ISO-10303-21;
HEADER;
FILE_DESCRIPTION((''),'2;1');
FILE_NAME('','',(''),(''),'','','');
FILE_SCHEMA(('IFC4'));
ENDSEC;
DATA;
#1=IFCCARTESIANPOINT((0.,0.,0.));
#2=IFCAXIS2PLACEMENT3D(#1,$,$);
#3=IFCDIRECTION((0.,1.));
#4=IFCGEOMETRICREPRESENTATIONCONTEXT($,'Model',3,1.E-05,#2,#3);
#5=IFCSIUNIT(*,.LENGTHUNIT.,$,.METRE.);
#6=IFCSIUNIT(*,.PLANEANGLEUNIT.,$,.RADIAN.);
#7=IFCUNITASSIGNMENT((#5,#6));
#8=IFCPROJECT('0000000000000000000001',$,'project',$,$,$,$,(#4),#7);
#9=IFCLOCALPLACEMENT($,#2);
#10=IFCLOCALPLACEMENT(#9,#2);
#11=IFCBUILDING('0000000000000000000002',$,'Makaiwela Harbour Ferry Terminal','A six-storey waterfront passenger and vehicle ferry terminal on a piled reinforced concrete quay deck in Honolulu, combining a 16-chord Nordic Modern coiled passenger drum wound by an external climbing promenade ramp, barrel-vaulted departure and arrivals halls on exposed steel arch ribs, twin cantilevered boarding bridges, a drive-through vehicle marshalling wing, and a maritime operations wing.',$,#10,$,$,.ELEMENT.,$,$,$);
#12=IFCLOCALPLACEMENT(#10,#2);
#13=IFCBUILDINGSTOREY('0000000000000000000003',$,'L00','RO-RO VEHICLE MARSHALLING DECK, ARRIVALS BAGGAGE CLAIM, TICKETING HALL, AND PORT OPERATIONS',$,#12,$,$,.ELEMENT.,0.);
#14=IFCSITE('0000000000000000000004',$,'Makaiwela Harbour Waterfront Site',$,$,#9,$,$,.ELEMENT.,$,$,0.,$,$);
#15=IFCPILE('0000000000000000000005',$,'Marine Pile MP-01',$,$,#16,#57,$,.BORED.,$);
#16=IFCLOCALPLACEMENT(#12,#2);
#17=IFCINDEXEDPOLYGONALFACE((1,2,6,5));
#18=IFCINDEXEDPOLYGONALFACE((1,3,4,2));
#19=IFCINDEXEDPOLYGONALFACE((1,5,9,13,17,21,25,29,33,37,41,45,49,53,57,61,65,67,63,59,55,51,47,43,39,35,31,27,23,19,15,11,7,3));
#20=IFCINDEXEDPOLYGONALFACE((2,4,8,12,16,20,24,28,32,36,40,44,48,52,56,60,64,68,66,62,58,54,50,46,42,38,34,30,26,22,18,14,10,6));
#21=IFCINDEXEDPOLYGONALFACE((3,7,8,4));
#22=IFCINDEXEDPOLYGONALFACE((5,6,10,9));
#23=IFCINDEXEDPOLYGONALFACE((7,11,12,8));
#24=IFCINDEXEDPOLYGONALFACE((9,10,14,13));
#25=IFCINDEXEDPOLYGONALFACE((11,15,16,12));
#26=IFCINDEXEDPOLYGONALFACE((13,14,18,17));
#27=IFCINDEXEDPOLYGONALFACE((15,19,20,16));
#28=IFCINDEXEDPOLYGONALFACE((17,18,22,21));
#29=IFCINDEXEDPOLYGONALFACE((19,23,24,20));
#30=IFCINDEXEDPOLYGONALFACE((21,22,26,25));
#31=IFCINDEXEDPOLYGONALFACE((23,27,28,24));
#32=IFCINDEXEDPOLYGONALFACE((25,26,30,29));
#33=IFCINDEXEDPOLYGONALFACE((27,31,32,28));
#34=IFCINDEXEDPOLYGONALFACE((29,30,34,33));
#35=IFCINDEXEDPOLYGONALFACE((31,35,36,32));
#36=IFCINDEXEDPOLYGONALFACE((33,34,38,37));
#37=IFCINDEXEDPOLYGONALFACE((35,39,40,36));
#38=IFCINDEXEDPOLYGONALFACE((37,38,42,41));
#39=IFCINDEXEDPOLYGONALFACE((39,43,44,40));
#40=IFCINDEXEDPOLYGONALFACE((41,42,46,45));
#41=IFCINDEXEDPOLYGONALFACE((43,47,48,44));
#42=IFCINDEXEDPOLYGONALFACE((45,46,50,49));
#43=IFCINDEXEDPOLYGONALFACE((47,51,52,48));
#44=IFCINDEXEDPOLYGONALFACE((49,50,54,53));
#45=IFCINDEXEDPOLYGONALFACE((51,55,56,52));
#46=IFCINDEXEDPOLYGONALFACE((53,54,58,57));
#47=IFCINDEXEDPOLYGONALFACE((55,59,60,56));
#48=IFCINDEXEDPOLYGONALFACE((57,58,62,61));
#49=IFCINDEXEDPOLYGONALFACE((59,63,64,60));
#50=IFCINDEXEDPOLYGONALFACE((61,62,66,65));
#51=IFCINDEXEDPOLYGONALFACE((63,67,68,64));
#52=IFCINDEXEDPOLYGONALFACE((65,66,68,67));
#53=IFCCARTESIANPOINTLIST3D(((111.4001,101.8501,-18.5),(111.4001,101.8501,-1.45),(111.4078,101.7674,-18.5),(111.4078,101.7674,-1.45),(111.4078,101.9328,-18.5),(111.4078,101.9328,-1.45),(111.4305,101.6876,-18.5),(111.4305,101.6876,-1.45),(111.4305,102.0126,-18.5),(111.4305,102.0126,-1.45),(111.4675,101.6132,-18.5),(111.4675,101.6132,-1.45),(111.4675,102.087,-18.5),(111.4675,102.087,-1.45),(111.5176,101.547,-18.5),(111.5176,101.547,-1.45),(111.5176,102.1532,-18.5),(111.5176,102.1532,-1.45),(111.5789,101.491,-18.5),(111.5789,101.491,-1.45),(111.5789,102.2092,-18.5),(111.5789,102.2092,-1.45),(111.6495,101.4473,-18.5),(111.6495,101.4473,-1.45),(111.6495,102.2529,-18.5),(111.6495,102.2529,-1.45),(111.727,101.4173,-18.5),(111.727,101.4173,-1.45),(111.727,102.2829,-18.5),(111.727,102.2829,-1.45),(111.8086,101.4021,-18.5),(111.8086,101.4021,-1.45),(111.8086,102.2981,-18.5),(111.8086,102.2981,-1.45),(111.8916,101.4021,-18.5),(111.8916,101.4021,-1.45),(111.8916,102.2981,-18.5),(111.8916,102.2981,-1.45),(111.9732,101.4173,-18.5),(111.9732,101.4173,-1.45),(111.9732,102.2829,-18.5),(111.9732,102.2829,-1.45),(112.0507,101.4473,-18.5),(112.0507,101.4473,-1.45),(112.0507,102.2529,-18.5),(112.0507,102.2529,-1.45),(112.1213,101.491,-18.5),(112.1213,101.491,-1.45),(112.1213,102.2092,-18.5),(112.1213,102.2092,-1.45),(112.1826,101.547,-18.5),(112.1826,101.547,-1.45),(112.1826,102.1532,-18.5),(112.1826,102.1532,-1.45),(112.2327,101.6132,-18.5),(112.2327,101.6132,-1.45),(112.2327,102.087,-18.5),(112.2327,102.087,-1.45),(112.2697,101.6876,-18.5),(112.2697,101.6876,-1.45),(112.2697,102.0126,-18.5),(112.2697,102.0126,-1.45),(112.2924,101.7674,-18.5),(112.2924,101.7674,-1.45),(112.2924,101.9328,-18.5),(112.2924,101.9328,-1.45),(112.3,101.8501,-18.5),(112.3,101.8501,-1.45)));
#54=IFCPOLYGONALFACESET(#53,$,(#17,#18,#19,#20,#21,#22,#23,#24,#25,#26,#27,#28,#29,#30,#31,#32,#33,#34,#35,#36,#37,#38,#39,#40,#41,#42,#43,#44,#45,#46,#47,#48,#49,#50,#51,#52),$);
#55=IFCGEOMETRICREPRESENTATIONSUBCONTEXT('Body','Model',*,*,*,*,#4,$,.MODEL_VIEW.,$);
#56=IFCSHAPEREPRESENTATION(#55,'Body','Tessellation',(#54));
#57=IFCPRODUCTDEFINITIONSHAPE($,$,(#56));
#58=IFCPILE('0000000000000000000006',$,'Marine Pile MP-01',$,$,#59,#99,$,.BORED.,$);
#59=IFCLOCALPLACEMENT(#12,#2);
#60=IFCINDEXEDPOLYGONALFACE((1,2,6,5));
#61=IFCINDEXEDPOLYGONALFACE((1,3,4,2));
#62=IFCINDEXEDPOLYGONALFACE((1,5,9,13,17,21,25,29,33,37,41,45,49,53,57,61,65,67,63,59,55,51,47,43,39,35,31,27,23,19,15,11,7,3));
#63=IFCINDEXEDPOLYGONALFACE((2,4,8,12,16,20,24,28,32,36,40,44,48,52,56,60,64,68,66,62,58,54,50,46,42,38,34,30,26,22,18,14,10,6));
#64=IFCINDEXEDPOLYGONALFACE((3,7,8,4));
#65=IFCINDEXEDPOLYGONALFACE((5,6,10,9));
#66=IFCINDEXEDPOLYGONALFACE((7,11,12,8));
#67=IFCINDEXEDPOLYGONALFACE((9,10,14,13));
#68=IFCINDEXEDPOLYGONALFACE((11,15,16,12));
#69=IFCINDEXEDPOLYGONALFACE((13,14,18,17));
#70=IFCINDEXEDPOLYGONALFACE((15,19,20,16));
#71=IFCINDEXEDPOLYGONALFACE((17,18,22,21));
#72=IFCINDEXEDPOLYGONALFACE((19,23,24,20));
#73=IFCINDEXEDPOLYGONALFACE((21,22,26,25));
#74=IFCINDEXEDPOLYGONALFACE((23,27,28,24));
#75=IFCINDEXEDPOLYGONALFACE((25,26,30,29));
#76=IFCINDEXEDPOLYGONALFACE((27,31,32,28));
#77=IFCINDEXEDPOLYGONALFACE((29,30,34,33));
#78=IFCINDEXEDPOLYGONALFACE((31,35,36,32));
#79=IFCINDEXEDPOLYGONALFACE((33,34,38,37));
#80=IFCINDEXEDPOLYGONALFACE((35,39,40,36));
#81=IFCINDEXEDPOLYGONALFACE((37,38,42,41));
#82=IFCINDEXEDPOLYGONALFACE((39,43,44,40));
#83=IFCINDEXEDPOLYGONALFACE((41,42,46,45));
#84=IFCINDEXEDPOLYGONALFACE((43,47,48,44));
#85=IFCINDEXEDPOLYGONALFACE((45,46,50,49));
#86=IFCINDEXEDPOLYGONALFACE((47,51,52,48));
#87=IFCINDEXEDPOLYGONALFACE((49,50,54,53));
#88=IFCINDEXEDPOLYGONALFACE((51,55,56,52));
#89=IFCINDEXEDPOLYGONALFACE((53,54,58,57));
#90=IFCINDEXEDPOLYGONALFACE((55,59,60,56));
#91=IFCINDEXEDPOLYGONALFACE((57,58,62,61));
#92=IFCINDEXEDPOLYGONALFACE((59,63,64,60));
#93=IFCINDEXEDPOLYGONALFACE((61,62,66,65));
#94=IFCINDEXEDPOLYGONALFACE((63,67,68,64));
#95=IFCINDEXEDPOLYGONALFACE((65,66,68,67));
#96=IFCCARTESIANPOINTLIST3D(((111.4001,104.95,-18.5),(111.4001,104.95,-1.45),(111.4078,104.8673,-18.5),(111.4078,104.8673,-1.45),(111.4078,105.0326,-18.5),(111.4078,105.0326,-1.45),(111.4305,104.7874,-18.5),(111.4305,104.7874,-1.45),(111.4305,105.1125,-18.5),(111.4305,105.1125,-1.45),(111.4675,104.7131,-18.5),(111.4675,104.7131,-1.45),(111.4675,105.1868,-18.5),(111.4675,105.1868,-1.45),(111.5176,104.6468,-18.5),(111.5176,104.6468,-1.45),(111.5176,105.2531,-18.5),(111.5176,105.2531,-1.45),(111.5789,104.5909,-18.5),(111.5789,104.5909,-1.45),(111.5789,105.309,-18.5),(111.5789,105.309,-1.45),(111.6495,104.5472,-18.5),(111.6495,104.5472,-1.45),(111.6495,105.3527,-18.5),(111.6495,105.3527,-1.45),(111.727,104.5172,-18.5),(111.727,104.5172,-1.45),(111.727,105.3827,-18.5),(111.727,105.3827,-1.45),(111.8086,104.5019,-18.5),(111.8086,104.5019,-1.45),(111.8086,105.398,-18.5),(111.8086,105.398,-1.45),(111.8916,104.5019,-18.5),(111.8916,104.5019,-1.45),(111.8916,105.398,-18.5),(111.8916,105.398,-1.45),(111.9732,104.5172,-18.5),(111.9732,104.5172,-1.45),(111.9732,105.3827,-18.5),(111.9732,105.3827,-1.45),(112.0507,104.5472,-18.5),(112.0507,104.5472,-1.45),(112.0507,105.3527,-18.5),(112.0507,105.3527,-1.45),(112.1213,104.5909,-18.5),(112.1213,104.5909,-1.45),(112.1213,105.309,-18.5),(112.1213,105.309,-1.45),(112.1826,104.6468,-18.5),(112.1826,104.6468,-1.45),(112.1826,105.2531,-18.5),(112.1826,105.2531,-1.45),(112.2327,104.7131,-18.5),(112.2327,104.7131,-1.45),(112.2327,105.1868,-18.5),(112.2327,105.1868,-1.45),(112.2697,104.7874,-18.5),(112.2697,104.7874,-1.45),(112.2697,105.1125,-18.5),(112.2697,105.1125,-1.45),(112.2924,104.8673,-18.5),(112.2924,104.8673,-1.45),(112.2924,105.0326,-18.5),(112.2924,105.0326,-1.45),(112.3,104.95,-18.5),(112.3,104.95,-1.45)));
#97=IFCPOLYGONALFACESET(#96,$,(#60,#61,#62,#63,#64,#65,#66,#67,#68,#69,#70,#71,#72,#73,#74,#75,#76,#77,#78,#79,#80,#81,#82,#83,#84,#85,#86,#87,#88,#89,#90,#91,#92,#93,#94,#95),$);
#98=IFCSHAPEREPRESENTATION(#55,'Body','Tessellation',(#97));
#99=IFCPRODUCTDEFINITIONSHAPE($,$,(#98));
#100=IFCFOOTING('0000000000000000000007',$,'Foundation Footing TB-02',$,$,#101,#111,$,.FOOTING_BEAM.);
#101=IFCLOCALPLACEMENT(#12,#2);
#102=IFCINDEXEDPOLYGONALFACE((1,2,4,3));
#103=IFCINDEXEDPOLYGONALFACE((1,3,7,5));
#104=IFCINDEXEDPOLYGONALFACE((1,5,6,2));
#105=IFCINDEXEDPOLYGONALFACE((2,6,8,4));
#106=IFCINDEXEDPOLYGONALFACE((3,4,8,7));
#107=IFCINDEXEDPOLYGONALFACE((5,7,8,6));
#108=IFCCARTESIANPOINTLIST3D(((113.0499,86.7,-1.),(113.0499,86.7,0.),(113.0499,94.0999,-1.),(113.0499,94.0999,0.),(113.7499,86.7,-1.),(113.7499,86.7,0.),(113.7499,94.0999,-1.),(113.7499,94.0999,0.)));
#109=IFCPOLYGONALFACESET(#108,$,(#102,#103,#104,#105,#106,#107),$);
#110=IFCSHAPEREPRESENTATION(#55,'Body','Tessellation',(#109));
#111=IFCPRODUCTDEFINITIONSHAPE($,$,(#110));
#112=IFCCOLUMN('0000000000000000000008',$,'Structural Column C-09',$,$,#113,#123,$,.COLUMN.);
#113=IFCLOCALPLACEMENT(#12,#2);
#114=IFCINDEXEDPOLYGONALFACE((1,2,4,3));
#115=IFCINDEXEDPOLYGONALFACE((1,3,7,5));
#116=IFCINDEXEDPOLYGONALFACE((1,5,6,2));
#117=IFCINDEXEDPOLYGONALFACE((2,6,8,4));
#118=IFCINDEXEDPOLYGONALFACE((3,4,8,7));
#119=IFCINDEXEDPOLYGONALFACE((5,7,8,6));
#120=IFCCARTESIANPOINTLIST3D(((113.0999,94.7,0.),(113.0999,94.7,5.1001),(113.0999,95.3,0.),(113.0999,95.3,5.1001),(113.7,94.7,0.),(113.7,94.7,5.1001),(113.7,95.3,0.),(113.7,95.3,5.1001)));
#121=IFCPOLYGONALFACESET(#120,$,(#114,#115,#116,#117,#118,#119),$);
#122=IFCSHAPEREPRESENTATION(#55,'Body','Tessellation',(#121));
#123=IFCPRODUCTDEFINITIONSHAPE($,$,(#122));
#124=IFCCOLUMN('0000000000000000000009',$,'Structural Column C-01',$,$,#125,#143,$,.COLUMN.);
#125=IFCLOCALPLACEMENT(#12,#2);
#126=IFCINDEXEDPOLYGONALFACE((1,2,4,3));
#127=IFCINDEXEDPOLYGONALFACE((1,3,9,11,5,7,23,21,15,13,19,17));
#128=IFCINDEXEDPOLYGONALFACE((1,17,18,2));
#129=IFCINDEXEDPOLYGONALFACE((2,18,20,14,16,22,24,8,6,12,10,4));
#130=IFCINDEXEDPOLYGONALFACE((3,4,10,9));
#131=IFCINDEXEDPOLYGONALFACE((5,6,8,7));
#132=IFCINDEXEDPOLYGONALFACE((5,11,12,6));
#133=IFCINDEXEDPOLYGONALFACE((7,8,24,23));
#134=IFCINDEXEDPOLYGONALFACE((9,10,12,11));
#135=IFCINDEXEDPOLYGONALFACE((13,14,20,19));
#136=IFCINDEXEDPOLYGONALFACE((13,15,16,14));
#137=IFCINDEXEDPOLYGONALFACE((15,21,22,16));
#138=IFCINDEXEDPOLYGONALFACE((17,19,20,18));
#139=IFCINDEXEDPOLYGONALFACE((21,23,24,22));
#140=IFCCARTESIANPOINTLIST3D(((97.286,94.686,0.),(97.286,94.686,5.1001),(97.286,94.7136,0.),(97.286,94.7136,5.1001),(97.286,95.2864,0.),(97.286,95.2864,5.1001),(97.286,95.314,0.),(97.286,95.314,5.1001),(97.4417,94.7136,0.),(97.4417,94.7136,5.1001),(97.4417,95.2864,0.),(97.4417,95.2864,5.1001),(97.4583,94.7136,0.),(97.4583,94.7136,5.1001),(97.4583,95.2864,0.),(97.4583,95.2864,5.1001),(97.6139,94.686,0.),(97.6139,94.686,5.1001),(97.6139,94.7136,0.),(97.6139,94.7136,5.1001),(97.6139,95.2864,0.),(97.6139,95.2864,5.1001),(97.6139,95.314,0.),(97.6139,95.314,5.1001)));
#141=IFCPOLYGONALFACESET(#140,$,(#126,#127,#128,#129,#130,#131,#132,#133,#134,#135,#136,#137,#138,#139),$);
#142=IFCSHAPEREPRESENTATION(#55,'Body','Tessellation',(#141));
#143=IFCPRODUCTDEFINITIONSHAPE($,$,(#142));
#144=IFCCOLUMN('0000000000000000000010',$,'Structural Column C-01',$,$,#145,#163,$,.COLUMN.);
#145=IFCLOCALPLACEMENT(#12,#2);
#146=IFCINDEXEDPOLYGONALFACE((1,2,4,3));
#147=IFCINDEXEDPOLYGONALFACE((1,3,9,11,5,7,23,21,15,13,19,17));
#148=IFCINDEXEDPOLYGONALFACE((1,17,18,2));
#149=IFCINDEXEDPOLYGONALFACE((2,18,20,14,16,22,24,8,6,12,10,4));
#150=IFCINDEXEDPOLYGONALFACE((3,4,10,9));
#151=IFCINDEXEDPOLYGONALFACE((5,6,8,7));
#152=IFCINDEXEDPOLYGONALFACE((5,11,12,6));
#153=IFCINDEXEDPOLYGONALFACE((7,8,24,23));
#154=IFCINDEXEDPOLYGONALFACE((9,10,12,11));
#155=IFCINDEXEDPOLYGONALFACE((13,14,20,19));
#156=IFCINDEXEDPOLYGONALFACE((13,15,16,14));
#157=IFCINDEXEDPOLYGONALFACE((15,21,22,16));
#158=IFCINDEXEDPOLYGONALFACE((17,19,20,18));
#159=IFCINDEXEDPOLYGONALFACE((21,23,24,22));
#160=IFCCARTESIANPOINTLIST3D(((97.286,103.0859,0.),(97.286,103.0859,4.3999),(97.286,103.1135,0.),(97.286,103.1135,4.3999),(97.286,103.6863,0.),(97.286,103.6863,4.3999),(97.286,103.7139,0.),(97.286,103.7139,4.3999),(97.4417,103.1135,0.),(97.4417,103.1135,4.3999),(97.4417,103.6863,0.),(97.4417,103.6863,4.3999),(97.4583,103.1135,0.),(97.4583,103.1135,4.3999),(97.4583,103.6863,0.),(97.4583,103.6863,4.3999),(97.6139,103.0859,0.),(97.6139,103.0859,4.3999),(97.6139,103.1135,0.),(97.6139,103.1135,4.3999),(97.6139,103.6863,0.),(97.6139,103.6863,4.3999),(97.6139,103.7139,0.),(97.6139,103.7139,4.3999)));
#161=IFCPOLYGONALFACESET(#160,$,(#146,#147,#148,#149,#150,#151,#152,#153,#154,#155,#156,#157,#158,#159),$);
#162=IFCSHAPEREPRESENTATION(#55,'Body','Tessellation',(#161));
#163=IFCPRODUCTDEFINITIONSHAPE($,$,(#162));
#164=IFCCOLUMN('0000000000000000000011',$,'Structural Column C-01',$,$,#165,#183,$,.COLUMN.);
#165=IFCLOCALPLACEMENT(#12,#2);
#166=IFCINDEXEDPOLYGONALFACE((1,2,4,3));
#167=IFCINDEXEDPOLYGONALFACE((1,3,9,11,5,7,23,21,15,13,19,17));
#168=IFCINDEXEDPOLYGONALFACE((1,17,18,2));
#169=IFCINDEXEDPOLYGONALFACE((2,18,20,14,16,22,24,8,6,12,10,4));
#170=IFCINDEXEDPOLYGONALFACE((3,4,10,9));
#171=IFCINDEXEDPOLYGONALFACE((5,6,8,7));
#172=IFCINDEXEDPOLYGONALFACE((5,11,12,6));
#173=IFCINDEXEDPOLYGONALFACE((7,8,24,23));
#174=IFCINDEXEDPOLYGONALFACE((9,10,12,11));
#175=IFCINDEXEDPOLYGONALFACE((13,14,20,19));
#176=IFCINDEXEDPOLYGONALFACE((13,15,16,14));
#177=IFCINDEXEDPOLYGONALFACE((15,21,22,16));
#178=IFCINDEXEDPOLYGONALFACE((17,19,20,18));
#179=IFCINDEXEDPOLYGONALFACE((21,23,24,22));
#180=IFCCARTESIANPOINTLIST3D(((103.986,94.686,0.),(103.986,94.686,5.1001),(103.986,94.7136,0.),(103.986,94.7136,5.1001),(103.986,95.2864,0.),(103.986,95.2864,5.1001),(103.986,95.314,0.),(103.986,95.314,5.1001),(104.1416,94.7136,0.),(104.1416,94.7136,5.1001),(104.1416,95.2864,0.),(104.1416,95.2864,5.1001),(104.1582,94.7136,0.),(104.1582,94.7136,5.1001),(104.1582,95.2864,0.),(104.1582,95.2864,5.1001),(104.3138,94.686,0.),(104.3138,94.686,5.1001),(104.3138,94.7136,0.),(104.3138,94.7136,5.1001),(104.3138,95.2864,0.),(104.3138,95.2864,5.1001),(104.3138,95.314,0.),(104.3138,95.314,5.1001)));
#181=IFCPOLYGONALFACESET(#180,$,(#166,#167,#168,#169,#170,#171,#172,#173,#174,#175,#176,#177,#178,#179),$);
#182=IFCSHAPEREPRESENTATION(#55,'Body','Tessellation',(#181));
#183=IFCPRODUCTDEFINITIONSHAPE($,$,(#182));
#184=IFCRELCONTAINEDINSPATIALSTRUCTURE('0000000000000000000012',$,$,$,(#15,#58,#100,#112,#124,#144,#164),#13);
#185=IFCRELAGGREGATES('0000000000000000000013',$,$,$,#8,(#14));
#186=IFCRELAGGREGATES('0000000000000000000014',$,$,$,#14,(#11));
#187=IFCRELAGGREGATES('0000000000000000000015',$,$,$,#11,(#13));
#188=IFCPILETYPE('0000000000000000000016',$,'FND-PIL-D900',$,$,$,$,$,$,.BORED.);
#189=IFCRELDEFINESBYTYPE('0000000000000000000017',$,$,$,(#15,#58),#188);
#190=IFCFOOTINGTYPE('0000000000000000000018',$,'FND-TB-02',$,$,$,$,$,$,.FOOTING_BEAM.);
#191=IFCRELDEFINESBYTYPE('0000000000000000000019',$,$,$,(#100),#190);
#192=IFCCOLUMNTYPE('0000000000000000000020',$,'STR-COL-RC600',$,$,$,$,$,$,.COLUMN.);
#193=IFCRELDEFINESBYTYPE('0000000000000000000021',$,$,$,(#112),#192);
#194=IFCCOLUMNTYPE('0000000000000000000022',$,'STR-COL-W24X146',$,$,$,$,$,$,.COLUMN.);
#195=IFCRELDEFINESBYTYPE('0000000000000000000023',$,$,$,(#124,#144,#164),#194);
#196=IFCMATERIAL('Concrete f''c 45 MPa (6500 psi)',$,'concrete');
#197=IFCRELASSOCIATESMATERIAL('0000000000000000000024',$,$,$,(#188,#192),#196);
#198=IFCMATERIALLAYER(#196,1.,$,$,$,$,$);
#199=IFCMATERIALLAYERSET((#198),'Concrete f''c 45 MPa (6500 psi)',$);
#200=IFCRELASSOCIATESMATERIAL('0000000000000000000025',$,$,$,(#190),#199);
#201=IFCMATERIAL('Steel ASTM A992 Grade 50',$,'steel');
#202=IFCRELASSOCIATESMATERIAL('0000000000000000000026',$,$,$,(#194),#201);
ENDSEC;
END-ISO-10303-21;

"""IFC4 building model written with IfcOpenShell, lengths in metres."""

from ifc_helpers import new_model, si_unit, direction, frame, origin, origin_2d, place, context, subcontext, project, spatial, rectangle, circle, i_section, extrude, material, layer, layer_set, material_profile, profile_set, type_object, element, save


model = new_model("IFC4")

# Units and contexts
model_context = context("Model", 3, precision=1e-05, world=origin(), true_north=direction((0.0, 1.0)))
body_context = subcontext(model_context, "Body", "Model", "MODEL_VIEW")
ifc_project = project(units=[si_unit("LENGTHUNIT", "METRE"), si_unit("PLANEANGLEUNIT", "RADIAN")], contexts=[model_context])

# Site, building, storey
site_placement = place(None, origin())
site = spatial("IfcSite", under=ifc_project, at=site_placement, Name="Makaiwela Harbour Waterfront Site", CompositionType="ELEMENT", RefElevation=0.0)
building_placement = place(site_placement, origin())
building = spatial("IfcBuilding", under=site, at=building_placement, Name="Makaiwela Harbour Ferry Terminal", Description="A six-storey waterfront passenger and vehicle ferry terminal on a piled reinforced concrete quay deck in Honolulu, combining a 16-chord Nordic Modern coiled passenger drum wound by an external climbing promenade ramp, barrel-vaulted departure and arrivals halls on exposed steel arch ribs, twin cantilevered boarding bridges, a drive-through vehicle marshalling wing, and a maritime operations wing.", CompositionType="ELEMENT")
storey_placement = place(building_placement, origin())
storey = spatial("IfcBuildingStorey", under=building, at=storey_placement, Name="L00", Description="RO-RO VEHICLE MARSHALLING DECK, ARRIVALS BAGGAGE CLAIM, TICKETING HALL, AND PORT OPERATIONS", CompositionType="ELEMENT", Elevation=0.0)

# Shared definitions
ifc_material_1 = material(Name="Concrete f'c 45 MPa (6500 psi)", Category="concrete")

# Piles
ifc_material_profile_1 = material_profile(ifc_material_1, circle(Radius=0.45, at=origin_2d()), Name="PILE-D900")
ifc_profile_set_1 = profile_set([ifc_material_profile_1], Name="Concrete f'c 45 MPa (6500 psi)")
pile_type = type_object("IfcPileType", Name="FND-PIL-D900", PredefinedType="BORED", material=ifc_profile_set_1)
for number, where, z_axis, x_axis, name in (
    (1, (111.8501, 101.8501, -1.45), (0.0, 0.0, -1.0), (1.0, 0.0, 0.0), "Marine Pile MP-01"),
    (2, (111.8501, 104.95, -1.45), (0.0, 0.0, -1.0), (1.0, 0.0, 0.0), "Marine Pile MP-01"),
):
    element("IfcPile", number, at=place(storey_placement, frame(where, z_axis=z_axis, x_axis=x_axis)), inside=storey, type_object=pile_type, Name=name, PredefinedType="BORED", context=body_context, shape_type="SweptSolid", body=[
        extrude(circle(Radius=0.45, at=origin_2d()), origin(), (0.0, 0.0, 1.0), 17.05),
    ])

# Footing
ifc_layer_1 = layer(ifc_material_1, 1.0)
ifc_layer_set_1 = layer_set([ifc_layer_1], Name="Concrete f'c 45 MPa (6500 psi)")
footing_type_1 = type_object("IfcFootingType", Name="FND-TB-02", PredefinedType="FOOTING_BEAM", material=ifc_layer_set_1)
footing_placement = place(storey_placement, frame((113.3999, 90.3999, -1.0), z_axis=(0.0, 0.0, 1.0), x_axis=(0.0, 1.0, 0.0)))
element("IfcFooting", 3, at=footing_placement, inside=storey, type_object=footing_type_1, Name="Foundation Footing TB-02", PredefinedType="FOOTING_BEAM", context=body_context, shape_type="SweptSolid", body=[
    extrude(rectangle(XDim=7.3999, YDim=0.7, at=origin_2d()), origin(), (0.0, 0.0, 1.0), 1.0),
])

# Columns
ifc_material_profile_2 = material_profile(ifc_material_1, rectangle(XDim=0.6001, YDim=0.6001, at=origin_2d()), Name="RC-600X600")
ifc_profile_set_2 = profile_set([ifc_material_profile_2], Name="Concrete f'c 45 MPa (6500 psi)")
column_type_1 = type_object("IfcColumnType", Name="STR-COL-RC600", PredefinedType="COLUMN", material=ifc_profile_set_2)
column_1_placement = place(storey_placement, frame((113.3999, 95.0, 0.0), z_axis=(0.0, 0.0, 1.0), x_axis=(1.0, 0.0, 0.0)))
element("IfcColumn", 4, at=column_1_placement, inside=storey, type_object=column_type_1, Name="Structural Column C-09", PredefinedType="COLUMN", context=body_context, shape_type="SweptSolid", body=[
    extrude(rectangle(XDim=0.6001, YDim=0.6001, at=origin_2d()), origin(), (0.0, 0.0, 1.0), 5.1001),
])
ifc_material_2 = material(Name="Steel ASTM A992 Grade 50", Category="steel")
ifc_material_profile_3 = material_profile(ifc_material_2, i_section(OverallWidth=0.3279, OverallDepth=0.6279, WebThickness=0.0166, FlangeThickness=0.0276, at=origin_2d()), Name="W24X146")
ifc_profile_set_3 = profile_set([ifc_material_profile_3], Name="Steel ASTM A992 Grade 50")
column_type_2 = type_object("IfcColumnType", Name="STR-COL-W24X146", PredefinedType="COLUMN", material=ifc_profile_set_3)
column_2_placement = place(storey_placement, frame((97.45, 95.0, 0.0), z_axis=(0.0, 0.0, 1.0), x_axis=(1.0, 0.0, 0.0)))
element("IfcColumn", 5, at=column_2_placement, inside=storey, type_object=column_type_2, Name="Structural Column C-01", PredefinedType="COLUMN", context=body_context, shape_type="SweptSolid", body=[
    extrude(i_section(OverallWidth=0.3279, OverallDepth=0.6279, WebThickness=0.0166, FlangeThickness=0.0276, at=origin_2d()), origin(), (0.0, 0.0, 1.0), 5.1001),
])
column_3_placement = place(storey_placement, frame((97.45, 103.3999, 0.0), z_axis=(0.0, 0.0, 1.0), x_axis=(1.0, 0.0, 0.0)))
element("IfcColumn", 6, at=column_3_placement, inside=storey, type_object=column_type_2, Name="Structural Column C-01", PredefinedType="COLUMN", context=body_context, shape_type="SweptSolid", body=[
    extrude(i_section(OverallWidth=0.3279, OverallDepth=0.6279, WebThickness=0.0166, FlangeThickness=0.0276, at=origin_2d()), origin(), (0.0, 0.0, 1.0), 4.3999),
])
column_4_placement = place(storey_placement, frame((104.1499, 95.0, 0.0), z_axis=(0.0, 0.0, 1.0), x_axis=(1.0, 0.0, 0.0)))
element("IfcColumn", 7, at=column_4_placement, inside=storey, type_object=column_type_2, Name="Structural Column C-01", PredefinedType="COLUMN", context=body_context, shape_type="SweptSolid", body=[
    extrude(i_section(OverallWidth=0.3279, OverallDepth=0.6279, WebThickness=0.0166, FlangeThickness=0.0276, at=origin_2d()), origin(), (0.0, 0.0, 1.0), 5.1001),
])

save(model, "model.ifc")
